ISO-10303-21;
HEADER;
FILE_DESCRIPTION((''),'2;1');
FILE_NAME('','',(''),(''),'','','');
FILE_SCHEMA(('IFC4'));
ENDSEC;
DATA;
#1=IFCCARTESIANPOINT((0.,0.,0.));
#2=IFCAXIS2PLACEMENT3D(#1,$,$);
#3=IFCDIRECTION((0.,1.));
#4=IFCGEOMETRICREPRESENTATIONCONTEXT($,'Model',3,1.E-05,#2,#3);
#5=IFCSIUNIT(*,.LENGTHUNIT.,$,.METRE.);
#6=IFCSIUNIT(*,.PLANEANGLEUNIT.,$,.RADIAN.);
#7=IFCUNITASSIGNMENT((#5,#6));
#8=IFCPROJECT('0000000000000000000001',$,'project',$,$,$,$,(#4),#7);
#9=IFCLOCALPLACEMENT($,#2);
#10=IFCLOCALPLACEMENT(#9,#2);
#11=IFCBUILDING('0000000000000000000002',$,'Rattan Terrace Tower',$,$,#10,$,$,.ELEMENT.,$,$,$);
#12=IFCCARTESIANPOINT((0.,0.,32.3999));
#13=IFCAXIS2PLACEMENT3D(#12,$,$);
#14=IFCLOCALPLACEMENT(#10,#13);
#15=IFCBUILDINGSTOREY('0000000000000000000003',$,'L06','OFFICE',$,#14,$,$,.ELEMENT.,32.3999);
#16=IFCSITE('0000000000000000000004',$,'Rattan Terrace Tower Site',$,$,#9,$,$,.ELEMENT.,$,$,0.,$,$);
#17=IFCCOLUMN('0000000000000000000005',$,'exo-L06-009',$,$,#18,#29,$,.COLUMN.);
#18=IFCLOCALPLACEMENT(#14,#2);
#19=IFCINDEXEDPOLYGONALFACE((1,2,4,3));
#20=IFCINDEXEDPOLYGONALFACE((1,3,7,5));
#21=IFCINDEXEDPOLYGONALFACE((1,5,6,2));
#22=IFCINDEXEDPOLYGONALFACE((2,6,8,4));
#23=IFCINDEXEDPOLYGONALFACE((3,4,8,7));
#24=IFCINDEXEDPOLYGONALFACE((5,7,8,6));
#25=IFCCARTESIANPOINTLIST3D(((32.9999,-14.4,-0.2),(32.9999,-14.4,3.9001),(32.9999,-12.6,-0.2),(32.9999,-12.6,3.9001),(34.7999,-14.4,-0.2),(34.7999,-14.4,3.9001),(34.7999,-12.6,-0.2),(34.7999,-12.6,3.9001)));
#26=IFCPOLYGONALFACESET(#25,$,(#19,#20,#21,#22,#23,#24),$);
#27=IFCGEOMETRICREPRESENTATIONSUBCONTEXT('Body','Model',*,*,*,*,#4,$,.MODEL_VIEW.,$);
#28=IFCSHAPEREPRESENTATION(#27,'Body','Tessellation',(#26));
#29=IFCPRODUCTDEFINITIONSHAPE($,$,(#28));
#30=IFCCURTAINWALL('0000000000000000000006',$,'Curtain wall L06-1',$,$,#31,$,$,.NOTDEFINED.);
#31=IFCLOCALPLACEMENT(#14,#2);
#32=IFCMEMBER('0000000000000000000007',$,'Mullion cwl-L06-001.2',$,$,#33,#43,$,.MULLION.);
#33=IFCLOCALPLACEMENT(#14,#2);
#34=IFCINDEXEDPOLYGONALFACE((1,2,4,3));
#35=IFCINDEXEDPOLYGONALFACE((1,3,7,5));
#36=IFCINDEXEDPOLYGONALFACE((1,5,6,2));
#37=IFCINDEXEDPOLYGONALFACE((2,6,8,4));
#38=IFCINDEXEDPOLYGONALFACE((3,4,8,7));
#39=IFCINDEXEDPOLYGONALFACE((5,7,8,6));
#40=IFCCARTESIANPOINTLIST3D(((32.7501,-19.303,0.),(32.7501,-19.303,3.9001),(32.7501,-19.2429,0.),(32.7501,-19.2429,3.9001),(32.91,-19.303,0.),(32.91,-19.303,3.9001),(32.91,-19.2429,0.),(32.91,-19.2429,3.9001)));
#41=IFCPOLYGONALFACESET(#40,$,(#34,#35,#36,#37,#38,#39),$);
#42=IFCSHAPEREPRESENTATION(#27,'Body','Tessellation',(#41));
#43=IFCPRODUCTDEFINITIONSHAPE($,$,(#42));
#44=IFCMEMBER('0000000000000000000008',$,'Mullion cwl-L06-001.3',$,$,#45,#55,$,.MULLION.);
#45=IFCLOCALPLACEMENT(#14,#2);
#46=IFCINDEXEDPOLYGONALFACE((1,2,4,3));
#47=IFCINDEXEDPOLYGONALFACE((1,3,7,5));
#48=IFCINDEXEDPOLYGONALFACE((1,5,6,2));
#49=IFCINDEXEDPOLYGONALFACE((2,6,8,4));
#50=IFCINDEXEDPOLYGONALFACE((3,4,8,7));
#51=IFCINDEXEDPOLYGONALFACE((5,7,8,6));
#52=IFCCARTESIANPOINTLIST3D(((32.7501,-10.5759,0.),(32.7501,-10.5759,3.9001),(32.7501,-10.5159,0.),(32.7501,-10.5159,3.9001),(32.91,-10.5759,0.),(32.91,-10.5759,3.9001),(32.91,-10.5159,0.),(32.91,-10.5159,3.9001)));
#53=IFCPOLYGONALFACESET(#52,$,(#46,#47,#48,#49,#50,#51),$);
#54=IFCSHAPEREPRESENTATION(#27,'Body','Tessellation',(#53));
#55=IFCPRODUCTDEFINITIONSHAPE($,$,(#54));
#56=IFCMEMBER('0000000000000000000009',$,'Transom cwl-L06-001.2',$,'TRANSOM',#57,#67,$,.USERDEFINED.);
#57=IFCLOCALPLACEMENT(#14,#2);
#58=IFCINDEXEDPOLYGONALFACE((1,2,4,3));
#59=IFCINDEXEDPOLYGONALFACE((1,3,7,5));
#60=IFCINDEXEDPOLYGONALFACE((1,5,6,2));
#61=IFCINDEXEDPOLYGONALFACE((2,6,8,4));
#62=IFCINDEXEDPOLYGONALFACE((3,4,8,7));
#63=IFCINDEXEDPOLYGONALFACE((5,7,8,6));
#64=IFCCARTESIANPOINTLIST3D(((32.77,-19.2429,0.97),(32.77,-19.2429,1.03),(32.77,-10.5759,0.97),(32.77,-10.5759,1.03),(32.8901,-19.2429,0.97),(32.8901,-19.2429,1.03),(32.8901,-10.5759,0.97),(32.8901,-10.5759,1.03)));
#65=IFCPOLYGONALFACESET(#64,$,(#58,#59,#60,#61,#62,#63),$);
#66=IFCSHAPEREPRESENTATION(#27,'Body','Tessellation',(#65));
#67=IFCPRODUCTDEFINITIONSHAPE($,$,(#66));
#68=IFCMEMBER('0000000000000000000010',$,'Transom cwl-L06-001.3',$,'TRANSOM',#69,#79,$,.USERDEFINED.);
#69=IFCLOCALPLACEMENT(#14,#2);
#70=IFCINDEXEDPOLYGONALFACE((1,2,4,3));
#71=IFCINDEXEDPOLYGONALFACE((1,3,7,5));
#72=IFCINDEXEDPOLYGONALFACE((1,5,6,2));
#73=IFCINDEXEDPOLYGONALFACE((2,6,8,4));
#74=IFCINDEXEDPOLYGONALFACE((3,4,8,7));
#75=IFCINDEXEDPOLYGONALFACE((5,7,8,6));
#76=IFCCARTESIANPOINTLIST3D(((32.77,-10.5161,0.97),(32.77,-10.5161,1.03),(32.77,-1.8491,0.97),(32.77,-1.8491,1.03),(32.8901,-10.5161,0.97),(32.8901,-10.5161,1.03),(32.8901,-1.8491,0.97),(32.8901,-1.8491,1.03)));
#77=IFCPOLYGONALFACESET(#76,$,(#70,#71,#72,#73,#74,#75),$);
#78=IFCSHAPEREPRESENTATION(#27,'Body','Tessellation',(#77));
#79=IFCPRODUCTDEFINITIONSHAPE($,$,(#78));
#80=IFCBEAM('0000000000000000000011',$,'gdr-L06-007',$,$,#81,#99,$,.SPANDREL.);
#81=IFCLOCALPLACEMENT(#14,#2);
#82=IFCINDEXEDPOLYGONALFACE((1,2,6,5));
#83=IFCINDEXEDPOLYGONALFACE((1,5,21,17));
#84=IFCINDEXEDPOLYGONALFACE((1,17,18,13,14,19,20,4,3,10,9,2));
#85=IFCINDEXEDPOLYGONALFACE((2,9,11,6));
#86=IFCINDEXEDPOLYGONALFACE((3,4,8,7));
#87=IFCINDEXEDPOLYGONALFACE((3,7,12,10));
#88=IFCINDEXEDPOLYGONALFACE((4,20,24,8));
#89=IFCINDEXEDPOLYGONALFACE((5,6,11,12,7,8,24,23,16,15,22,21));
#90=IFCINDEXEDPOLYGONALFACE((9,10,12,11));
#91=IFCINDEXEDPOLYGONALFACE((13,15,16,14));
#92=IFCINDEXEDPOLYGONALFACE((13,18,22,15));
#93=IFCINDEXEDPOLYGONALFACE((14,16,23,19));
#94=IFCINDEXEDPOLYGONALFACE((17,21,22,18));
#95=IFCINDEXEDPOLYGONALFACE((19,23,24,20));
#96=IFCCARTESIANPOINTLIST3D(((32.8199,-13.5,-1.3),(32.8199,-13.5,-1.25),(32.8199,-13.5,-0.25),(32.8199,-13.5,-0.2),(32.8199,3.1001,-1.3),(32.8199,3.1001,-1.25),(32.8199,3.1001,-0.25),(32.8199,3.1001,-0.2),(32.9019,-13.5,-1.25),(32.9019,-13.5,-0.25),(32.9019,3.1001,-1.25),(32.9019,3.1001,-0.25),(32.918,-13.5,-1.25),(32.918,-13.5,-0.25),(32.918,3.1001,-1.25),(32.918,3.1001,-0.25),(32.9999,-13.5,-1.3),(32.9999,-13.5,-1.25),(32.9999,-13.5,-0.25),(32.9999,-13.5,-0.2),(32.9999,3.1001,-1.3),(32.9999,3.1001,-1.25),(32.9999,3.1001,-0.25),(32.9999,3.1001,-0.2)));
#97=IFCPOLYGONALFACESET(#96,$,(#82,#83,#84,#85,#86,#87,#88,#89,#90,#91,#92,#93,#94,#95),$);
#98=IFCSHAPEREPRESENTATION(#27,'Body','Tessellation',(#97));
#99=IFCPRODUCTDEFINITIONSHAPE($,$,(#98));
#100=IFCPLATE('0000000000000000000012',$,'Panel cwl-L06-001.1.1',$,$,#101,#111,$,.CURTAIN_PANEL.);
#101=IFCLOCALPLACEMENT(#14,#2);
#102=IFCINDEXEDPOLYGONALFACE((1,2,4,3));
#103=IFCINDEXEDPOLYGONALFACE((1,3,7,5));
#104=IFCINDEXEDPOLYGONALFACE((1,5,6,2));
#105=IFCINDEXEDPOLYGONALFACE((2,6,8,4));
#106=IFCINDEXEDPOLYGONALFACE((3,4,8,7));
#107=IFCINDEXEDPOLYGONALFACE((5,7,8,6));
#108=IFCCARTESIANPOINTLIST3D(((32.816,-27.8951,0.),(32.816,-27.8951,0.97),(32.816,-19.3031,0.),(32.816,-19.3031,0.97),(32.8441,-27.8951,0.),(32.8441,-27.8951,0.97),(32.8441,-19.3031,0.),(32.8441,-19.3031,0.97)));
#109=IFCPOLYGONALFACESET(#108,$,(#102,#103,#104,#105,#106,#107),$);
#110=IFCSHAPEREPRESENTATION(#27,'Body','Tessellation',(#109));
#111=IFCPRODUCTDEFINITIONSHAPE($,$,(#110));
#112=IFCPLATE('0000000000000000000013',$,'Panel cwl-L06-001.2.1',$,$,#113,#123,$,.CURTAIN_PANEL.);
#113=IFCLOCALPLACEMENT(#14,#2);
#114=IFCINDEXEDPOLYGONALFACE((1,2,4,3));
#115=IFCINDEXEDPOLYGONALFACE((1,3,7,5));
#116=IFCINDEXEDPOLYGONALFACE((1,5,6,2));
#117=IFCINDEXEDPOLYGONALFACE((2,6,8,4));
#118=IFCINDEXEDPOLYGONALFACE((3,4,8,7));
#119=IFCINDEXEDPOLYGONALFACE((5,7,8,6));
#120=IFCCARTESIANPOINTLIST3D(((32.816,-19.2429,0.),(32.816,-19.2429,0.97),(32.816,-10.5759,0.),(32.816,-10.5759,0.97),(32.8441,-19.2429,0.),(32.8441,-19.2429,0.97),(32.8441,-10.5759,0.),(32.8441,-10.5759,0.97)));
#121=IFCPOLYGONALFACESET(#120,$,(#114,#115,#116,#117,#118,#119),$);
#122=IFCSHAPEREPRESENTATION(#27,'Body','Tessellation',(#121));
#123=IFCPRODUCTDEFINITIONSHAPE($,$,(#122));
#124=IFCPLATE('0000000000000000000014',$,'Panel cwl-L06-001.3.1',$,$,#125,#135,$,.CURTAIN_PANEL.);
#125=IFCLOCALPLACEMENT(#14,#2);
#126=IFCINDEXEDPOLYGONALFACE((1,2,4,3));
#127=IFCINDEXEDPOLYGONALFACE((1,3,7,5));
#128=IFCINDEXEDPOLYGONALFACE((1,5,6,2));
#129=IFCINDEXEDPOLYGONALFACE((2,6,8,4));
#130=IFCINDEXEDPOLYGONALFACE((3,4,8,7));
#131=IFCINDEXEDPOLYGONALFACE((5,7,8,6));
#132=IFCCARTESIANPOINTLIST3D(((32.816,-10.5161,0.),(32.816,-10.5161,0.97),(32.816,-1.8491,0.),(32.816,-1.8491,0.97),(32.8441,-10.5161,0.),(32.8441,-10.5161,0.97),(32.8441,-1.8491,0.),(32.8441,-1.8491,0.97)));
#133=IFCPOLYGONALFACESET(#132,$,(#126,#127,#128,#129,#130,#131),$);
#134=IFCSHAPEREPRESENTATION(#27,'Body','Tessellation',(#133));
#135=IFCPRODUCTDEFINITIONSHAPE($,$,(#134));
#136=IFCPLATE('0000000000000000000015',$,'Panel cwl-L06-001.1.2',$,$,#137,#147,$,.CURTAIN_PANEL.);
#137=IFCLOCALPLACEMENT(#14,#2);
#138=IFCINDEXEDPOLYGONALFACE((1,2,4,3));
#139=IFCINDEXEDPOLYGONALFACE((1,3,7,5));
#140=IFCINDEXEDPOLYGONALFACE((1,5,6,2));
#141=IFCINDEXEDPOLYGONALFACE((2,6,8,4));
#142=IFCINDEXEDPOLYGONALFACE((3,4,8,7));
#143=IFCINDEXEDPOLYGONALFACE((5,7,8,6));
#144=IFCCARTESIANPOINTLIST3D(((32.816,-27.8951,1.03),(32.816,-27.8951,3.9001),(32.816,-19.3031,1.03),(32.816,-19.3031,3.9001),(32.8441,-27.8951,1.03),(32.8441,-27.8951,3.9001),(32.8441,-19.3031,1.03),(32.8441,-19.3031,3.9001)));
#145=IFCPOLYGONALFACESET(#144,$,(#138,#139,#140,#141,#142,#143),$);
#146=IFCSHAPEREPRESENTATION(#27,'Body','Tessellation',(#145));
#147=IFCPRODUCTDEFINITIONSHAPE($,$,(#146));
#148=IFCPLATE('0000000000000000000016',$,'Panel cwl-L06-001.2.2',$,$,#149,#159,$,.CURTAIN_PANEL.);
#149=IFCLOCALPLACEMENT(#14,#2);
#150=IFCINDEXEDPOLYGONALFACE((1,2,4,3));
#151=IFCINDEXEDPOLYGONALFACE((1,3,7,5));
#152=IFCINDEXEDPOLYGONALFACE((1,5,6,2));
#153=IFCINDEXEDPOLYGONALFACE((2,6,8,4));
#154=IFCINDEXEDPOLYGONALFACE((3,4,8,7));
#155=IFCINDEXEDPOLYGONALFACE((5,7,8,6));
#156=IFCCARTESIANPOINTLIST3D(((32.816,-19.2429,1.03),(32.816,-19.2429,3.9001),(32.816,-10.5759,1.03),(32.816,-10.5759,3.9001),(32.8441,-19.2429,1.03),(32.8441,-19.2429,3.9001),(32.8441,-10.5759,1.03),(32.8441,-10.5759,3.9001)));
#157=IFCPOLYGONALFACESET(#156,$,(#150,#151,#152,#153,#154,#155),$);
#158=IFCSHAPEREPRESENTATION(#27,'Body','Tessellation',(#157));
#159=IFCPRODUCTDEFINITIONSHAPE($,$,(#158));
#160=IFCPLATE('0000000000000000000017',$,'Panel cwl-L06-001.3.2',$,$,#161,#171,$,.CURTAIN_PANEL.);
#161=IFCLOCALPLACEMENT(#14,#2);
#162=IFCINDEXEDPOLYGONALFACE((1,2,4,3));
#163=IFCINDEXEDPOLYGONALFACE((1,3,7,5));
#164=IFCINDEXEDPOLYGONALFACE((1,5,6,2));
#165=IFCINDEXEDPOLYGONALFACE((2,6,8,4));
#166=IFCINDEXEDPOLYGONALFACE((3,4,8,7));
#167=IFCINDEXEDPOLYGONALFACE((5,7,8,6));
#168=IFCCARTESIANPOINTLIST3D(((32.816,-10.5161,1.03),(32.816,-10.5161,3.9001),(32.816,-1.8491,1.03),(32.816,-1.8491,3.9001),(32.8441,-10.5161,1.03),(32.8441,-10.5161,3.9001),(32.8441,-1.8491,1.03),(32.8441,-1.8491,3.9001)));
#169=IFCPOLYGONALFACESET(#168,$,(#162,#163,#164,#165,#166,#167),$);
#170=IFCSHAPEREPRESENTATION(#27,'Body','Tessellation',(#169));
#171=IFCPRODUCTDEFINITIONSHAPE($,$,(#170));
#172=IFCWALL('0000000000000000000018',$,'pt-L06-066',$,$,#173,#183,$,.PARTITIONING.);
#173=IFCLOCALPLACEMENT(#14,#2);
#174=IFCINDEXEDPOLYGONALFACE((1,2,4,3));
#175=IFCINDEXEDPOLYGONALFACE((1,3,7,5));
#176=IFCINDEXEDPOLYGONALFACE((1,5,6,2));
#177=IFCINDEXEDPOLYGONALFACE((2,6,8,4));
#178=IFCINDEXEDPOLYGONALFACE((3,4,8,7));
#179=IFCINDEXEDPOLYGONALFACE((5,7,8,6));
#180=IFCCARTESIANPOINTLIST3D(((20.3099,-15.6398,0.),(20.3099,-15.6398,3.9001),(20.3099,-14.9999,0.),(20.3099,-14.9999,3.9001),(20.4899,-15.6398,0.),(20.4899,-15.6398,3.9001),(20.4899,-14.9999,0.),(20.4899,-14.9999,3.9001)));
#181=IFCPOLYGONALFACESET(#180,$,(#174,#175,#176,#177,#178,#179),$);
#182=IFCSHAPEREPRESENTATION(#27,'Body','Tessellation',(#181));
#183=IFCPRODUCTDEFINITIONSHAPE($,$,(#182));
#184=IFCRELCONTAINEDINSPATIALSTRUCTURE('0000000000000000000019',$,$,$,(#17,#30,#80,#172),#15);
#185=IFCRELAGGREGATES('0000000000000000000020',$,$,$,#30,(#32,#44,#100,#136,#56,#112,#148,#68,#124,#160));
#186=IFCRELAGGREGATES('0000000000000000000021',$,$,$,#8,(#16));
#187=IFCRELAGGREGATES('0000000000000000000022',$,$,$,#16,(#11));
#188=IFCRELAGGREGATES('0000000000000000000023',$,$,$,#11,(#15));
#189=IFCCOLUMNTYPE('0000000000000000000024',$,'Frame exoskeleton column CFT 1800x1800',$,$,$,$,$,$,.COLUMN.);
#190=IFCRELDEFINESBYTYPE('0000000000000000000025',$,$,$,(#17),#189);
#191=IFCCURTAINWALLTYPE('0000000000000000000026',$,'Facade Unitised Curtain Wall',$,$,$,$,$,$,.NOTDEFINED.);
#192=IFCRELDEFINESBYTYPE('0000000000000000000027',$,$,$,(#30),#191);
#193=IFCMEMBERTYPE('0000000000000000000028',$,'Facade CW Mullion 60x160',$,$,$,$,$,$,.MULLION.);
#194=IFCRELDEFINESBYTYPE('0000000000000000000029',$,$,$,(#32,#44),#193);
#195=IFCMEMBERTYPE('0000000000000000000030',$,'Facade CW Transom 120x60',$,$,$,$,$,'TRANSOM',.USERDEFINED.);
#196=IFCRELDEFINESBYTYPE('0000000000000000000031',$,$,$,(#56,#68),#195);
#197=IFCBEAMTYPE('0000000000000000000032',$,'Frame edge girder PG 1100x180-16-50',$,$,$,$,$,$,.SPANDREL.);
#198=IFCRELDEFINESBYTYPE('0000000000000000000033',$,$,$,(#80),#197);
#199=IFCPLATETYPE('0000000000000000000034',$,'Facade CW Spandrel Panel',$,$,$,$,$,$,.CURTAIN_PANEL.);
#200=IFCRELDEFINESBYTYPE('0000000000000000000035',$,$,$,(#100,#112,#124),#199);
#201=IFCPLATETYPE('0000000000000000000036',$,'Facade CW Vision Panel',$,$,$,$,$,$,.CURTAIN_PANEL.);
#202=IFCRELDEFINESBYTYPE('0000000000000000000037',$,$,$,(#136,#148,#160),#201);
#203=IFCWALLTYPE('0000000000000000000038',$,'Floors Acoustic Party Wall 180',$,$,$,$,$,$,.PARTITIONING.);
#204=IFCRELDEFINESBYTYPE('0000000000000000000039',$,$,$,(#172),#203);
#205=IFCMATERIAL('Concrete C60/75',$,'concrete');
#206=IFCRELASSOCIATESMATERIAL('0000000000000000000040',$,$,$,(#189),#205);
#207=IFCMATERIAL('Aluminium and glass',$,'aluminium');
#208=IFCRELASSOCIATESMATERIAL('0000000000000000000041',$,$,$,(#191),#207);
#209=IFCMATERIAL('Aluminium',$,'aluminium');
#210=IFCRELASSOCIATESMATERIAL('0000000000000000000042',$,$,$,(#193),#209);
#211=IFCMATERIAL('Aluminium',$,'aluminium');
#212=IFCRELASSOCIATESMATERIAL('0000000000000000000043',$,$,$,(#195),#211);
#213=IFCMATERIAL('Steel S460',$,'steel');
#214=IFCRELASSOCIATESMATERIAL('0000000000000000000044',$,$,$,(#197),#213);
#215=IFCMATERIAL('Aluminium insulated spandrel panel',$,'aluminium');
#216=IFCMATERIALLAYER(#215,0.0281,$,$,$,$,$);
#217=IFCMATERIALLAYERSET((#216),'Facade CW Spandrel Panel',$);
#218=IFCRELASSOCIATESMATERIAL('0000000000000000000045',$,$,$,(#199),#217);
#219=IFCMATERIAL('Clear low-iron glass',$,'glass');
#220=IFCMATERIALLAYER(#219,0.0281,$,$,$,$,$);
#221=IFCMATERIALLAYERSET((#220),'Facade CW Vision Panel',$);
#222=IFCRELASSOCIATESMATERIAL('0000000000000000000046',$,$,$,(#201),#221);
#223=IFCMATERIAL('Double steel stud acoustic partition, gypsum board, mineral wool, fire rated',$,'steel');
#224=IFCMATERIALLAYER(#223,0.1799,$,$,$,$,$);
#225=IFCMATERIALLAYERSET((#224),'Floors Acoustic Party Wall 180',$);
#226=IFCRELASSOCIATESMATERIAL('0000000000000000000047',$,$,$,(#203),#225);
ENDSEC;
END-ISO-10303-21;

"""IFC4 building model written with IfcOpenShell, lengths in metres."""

from ifc_helpers import new_model, si_unit, direction, frame, frame_2d, origin, origin_2d, place, context, subcontext, project, spatial, rectangle, i_section, extrude, material, layer, layer_set, material_profile, profile_set, type_object, element, aggregate, save


model = new_model("IFC4")

# Units and contexts
model_context = context("Model", 3, precision=1e-05, world=origin(), true_north=direction((0.0, 1.0)))
body_context = subcontext(model_context, "Body", "Model", "MODEL_VIEW")
ifc_project = project(units=[si_unit("LENGTHUNIT", "METRE"), si_unit("PLANEANGLEUNIT", "RADIAN")], contexts=[model_context])

# Site, building, storey
site_placement = place(None, origin())
site = spatial("IfcSite", under=ifc_project, at=site_placement, Name="Rattan Terrace Tower Site", CompositionType="ELEMENT", RefElevation=0.0)
building_placement = place(site_placement, origin())
building = spatial("IfcBuilding", under=site, at=building_placement, Name="Rattan Terrace Tower", CompositionType="ELEMENT")
storey_placement = place(building_placement, frame((0.0, 0.0, 32.3999)))
storey = spatial("IfcBuildingStorey", under=building, at=storey_placement, Name="L06", Description="OFFICE", CompositionType="ELEMENT", Elevation=32.3999)

# Column
ifc_material_1 = material(Name="Concrete C60/75", Category="concrete")
ifc_material_profile_1 = material_profile(ifc_material_1, rectangle(XDim=1.8, YDim=1.8, at=origin_2d()), Name="CFT 1800x1800")
ifc_profile_set_1 = profile_set([ifc_material_profile_1], Name="Concrete C60/75")
column_type = type_object("IfcColumnType", Name="Frame exoskeleton column CFT 1800x1800", PredefinedType="COLUMN", material=ifc_profile_set_1)
column_placement = place(storey_placement, frame((33.8999, -13.5, -0.2), z_axis=(0.0, 0.0, 1.0), x_axis=(0.0, 1.0, 0.0)))
element("IfcColumn", 1, at=column_placement, inside=storey, type_object=column_type, Name="exo-L06-009", PredefinedType="COLUMN", context=body_context, shape_type="SweptSolid", body=[
    extrude(rectangle(XDim=1.8, YDim=1.8, at=origin_2d()), origin(), (0.0, 0.0, 1.0), 4.1001),
])

# Curtain wall, members
ifc_material_2 = material(Name="Aluminium and glass", Category="aluminium")
curtain_wall_type = type_object("IfcCurtainWallType", Name="Facade Unitised Curtain Wall", PredefinedType="NOTDEFINED", material=ifc_material_2)
curtain_wall_placement = place(storey_placement, origin())
curtain_wall = element("IfcCurtainWall", 2, at=curtain_wall_placement, inside=storey, type_object=curtain_wall_type, Name="Curtain wall L06-1", PredefinedType="NOTDEFINED")
ifc_material_3 = material(Name="Aluminium", Category="aluminium")
ifc_material_profile_2 = material_profile(ifc_material_3, rectangle(XDim=0.0601, YDim=0.1599, at=origin_2d()), Name="Aluminium 60x160")
ifc_profile_set_2 = profile_set([ifc_material_profile_2], Name="Aluminium")
member_type_1 = type_object("IfcMemberType", Name="Facade CW Mullion 60x160", PredefinedType="MULLION", material=ifc_profile_set_2)
member_1_placement = place(storey_placement, frame((32.8301, -19.2729, 0.0), z_axis=(0.0, 0.0, 1.0), x_axis=(0.0, 1.0, 0.0)))
member_1 = element("IfcMember", 3, at=member_1_placement, type_object=member_type_1, Name="Mullion cwl-L06-001.2", PredefinedType="MULLION", context=body_context, shape_type="SweptSolid", body=[
    extrude(rectangle(XDim=0.0601, YDim=0.1599, at=origin_2d()), origin(), (0.0, 0.0, 1.0), 3.9001),
])
member_2_placement = place(storey_placement, frame((32.8301, -10.5459, 0.0), z_axis=(0.0, 0.0, 1.0), x_axis=(0.0, 1.0, 0.0)))
member_2 = element("IfcMember", 4, at=member_2_placement, type_object=member_type_1, Name="Mullion cwl-L06-001.3", PredefinedType="MULLION", context=body_context, shape_type="SweptSolid", body=[
    extrude(rectangle(XDim=0.0601, YDim=0.1599, at=origin_2d()), origin(), (0.0, 0.0, 1.0), 3.9001),
])
ifc_material_4 = material(Name="Aluminium", Category="aluminium")
ifc_material_profile_3 = material_profile(ifc_material_4, rectangle(XDim=0.1201, YDim=0.0601, at=origin_2d()), Name="Aluminium 120x60")
ifc_profile_set_3 = profile_set([ifc_material_profile_3], Name="Aluminium")
member_type_2 = type_object("IfcMemberType", Name="Facade CW Transom 120x60", ElementType="TRANSOM", PredefinedType="USERDEFINED", material=ifc_profile_set_3)
member_3_placement = place(storey_placement, frame((32.8301, -19.2429, 1.0), z_axis=(0.0, 1.0, 0.0), x_axis=(-1.0, 0.0, 0.0)))
member_3 = element("IfcMember", 5, at=member_3_placement, type_object=member_type_2, Name="Transom cwl-L06-001.2", ObjectType="TRANSOM", PredefinedType="USERDEFINED", context=body_context, shape_type="SweptSolid", body=[
    extrude(rectangle(XDim=0.1201, YDim=0.0601, at=origin_2d()), origin(), (0.0, 0.0, 1.0), 8.667),
])
member_4_placement = place(storey_placement, frame((32.8301, -10.5161, 1.0), z_axis=(0.0, 1.0, 0.0), x_axis=(-1.0, 0.0, 0.0)))
member_4 = element("IfcMember", 6, at=member_4_placement, type_object=member_type_2, Name="Transom cwl-L06-001.3", ObjectType="TRANSOM", PredefinedType="USERDEFINED", context=body_context, shape_type="SweptSolid", body=[
    extrude(rectangle(XDim=0.1201, YDim=0.0601, at=origin_2d()), origin(), (0.0, 0.0, 1.0), 8.667),
])

# Beam
ifc_material_5 = material(Name="Steel S460", Category="steel")
ifc_material_profile_4 = material_profile(ifc_material_5, i_section(OverallWidth=0.1799, OverallDepth=1.1001, WebThickness=0.0161, FlangeThickness=0.05, at=origin_2d()), Name="PG 1100x180-16-50")
ifc_profile_set_4 = profile_set([ifc_material_profile_4], Name="Steel S460")
beam_type = type_object("IfcBeamType", Name="Frame edge girder PG 1100x180-16-50", PredefinedType="SPANDREL", material=ifc_profile_set_4)
beam_placement = place(storey_placement, frame((32.9099, -13.5, -0.75), z_axis=(0.0, 1.0, 0.0), x_axis=(-1.0, 0.0, 0.0)))
element("IfcBeam", 7, at=beam_placement, inside=storey, type_object=beam_type, Name="gdr-L06-007", PredefinedType="SPANDREL", context=body_context, shape_type="SweptSolid", body=[
    extrude(i_section(OverallWidth=0.1799, OverallDepth=1.1001, WebThickness=0.0161, FlangeThickness=0.05, at=origin_2d()), origin(), (0.0, 0.0, 1.0), 16.6001),
])

# Plates
ifc_material_6 = material(Name="Aluminium insulated spandrel panel", Category="aluminium")
ifc_layer_1 = layer(ifc_material_6, 0.0281)
ifc_layer_set_1 = layer_set([ifc_layer_1], Name="Facade CW Spandrel Panel")
plate_type_1 = type_object("IfcPlateType", Name="Facade CW Spandrel Panel", PredefinedType="CURTAIN_PANEL", material=ifc_layer_set_1)
plate_1_placement = place(storey_placement, frame((32.8301, -23.5991, 0.0), z_axis=(0.0, 0.0, 1.0), x_axis=(0.0, 1.0, 0.0)))
plate_1 = element("IfcPlate", 8, at=plate_1_placement, type_object=plate_type_1, Name="Panel cwl-L06-001.1.1", PredefinedType="CURTAIN_PANEL", context=body_context, shape_type="SweptSolid", body=[
    extrude(rectangle(XDim=8.592, YDim=0.0281, at=origin_2d()), origin(), (0.0, 0.0, 1.0), 0.97),
])
plate_2_placement = place(storey_placement, frame((32.8301, -14.9094, 0.0), z_axis=(0.0, 0.0, 1.0), x_axis=(0.0, 1.0, 0.0)))
plate_2 = element("IfcPlate", 9, at=plate_2_placement, type_object=plate_type_1, Name="Panel cwl-L06-001.2.1", PredefinedType="CURTAIN_PANEL", context=body_context, shape_type="SweptSolid", body=[
    extrude(rectangle(XDim=8.667, YDim=0.0281, at=origin_2d()), origin(), (0.0, 0.0, 1.0), 0.97),
])
plate_3_placement = place(storey_placement, frame((32.8301, -6.1826, 0.0), z_axis=(0.0, 0.0, 1.0), x_axis=(0.0, 1.0, 0.0)))
plate_3 = element("IfcPlate", 10, at=plate_3_placement, type_object=plate_type_1, Name="Panel cwl-L06-001.3.1", PredefinedType="CURTAIN_PANEL", context=body_context, shape_type="SweptSolid", body=[
    extrude(rectangle(XDim=8.667, YDim=0.0281, at=origin_2d()), origin(), (0.0, 0.0, 1.0), 0.97),
])
ifc_material_7 = material(Name="Clear low-iron glass", Category="glass")
ifc_layer_2 = layer(ifc_material_7, 0.0281)
ifc_layer_set_2 = layer_set([ifc_layer_2], Name="Facade CW Vision Panel")
plate_type_2 = type_object("IfcPlateType", Name="Facade CW Vision Panel", PredefinedType="CURTAIN_PANEL", material=ifc_layer_set_2)
plate_4_placement = place(storey_placement, frame((32.8301, -23.5991, 1.03), z_axis=(0.0, 0.0, 1.0), x_axis=(0.0, 1.0, 0.0)))
plate_4 = element("IfcPlate", 11, at=plate_4_placement, type_object=plate_type_2, Name="Panel cwl-L06-001.1.2", PredefinedType="CURTAIN_PANEL", context=body_context, shape_type="SweptSolid", body=[
    extrude(rectangle(XDim=8.592, YDim=0.0281, at=origin_2d()), origin(), (0.0, 0.0, 1.0), 2.8701),
])
plate_5_placement = place(storey_placement, frame((32.8301, -14.9094, 1.03), z_axis=(0.0, 0.0, 1.0), x_axis=(0.0, 1.0, 0.0)))
plate_5 = element("IfcPlate", 12, at=plate_5_placement, type_object=plate_type_2, Name="Panel cwl-L06-001.2.2", PredefinedType="CURTAIN_PANEL", context=body_context, shape_type="SweptSolid", body=[
    extrude(rectangle(XDim=8.667, YDim=0.0281, at=origin_2d()), origin(), (0.0, 0.0, 1.0), 2.8701),
])
plate_6_placement = place(storey_placement, frame((32.8301, -6.1826, 1.03), z_axis=(0.0, 0.0, 1.0), x_axis=(0.0, 1.0, 0.0)))
plate_6 = element("IfcPlate", 13, at=plate_6_placement, type_object=plate_type_2, Name="Panel cwl-L06-001.3.2", PredefinedType="CURTAIN_PANEL", context=body_context, shape_type="SweptSolid", body=[
    extrude(rectangle(XDim=8.667, YDim=0.0281, at=origin_2d()), origin(), (0.0, 0.0, 1.0), 2.8701),
])
aggregate(curtain_wall, [member_1, member_2, plate_1, plate_4, member_3, plate_2, plate_5, member_4, plate_3, plate_6])

# Wall
ifc_material_8 = material(Name="Double steel stud acoustic partition, gypsum board, mineral wool, fire rated", Category="steel")
ifc_layer_3 = layer(ifc_material_8, 0.1799)
ifc_layer_set_3 = layer_set([ifc_layer_3], Name="Floors Acoustic Party Wall 180")
wall_type_1 = type_object("IfcWallType", Name="Floors Acoustic Party Wall 180", PredefinedType="PARTITIONING", material=ifc_layer_set_3)
wall_1_placement = place(storey_placement, frame((20.3999, -15.0, 0.0), z_axis=(0.0, 0.0, 1.0), x_axis=(0.0, -1.0, 0.0)))
element("IfcWall", 14, at=wall_1_placement, inside=storey, type_object=wall_type_1, Name="pt-L06-066", PredefinedType="PARTITIONING", context=body_context, shape_type="SweptSolid", body=[
    extrude(rectangle(XDim=0.6399, YDim=0.1799, at=frame_2d((0.3198, 0.0))), origin(), (0.0, 0.0, 1.0), 3.9001),
])

save(model, "model.ifc")
